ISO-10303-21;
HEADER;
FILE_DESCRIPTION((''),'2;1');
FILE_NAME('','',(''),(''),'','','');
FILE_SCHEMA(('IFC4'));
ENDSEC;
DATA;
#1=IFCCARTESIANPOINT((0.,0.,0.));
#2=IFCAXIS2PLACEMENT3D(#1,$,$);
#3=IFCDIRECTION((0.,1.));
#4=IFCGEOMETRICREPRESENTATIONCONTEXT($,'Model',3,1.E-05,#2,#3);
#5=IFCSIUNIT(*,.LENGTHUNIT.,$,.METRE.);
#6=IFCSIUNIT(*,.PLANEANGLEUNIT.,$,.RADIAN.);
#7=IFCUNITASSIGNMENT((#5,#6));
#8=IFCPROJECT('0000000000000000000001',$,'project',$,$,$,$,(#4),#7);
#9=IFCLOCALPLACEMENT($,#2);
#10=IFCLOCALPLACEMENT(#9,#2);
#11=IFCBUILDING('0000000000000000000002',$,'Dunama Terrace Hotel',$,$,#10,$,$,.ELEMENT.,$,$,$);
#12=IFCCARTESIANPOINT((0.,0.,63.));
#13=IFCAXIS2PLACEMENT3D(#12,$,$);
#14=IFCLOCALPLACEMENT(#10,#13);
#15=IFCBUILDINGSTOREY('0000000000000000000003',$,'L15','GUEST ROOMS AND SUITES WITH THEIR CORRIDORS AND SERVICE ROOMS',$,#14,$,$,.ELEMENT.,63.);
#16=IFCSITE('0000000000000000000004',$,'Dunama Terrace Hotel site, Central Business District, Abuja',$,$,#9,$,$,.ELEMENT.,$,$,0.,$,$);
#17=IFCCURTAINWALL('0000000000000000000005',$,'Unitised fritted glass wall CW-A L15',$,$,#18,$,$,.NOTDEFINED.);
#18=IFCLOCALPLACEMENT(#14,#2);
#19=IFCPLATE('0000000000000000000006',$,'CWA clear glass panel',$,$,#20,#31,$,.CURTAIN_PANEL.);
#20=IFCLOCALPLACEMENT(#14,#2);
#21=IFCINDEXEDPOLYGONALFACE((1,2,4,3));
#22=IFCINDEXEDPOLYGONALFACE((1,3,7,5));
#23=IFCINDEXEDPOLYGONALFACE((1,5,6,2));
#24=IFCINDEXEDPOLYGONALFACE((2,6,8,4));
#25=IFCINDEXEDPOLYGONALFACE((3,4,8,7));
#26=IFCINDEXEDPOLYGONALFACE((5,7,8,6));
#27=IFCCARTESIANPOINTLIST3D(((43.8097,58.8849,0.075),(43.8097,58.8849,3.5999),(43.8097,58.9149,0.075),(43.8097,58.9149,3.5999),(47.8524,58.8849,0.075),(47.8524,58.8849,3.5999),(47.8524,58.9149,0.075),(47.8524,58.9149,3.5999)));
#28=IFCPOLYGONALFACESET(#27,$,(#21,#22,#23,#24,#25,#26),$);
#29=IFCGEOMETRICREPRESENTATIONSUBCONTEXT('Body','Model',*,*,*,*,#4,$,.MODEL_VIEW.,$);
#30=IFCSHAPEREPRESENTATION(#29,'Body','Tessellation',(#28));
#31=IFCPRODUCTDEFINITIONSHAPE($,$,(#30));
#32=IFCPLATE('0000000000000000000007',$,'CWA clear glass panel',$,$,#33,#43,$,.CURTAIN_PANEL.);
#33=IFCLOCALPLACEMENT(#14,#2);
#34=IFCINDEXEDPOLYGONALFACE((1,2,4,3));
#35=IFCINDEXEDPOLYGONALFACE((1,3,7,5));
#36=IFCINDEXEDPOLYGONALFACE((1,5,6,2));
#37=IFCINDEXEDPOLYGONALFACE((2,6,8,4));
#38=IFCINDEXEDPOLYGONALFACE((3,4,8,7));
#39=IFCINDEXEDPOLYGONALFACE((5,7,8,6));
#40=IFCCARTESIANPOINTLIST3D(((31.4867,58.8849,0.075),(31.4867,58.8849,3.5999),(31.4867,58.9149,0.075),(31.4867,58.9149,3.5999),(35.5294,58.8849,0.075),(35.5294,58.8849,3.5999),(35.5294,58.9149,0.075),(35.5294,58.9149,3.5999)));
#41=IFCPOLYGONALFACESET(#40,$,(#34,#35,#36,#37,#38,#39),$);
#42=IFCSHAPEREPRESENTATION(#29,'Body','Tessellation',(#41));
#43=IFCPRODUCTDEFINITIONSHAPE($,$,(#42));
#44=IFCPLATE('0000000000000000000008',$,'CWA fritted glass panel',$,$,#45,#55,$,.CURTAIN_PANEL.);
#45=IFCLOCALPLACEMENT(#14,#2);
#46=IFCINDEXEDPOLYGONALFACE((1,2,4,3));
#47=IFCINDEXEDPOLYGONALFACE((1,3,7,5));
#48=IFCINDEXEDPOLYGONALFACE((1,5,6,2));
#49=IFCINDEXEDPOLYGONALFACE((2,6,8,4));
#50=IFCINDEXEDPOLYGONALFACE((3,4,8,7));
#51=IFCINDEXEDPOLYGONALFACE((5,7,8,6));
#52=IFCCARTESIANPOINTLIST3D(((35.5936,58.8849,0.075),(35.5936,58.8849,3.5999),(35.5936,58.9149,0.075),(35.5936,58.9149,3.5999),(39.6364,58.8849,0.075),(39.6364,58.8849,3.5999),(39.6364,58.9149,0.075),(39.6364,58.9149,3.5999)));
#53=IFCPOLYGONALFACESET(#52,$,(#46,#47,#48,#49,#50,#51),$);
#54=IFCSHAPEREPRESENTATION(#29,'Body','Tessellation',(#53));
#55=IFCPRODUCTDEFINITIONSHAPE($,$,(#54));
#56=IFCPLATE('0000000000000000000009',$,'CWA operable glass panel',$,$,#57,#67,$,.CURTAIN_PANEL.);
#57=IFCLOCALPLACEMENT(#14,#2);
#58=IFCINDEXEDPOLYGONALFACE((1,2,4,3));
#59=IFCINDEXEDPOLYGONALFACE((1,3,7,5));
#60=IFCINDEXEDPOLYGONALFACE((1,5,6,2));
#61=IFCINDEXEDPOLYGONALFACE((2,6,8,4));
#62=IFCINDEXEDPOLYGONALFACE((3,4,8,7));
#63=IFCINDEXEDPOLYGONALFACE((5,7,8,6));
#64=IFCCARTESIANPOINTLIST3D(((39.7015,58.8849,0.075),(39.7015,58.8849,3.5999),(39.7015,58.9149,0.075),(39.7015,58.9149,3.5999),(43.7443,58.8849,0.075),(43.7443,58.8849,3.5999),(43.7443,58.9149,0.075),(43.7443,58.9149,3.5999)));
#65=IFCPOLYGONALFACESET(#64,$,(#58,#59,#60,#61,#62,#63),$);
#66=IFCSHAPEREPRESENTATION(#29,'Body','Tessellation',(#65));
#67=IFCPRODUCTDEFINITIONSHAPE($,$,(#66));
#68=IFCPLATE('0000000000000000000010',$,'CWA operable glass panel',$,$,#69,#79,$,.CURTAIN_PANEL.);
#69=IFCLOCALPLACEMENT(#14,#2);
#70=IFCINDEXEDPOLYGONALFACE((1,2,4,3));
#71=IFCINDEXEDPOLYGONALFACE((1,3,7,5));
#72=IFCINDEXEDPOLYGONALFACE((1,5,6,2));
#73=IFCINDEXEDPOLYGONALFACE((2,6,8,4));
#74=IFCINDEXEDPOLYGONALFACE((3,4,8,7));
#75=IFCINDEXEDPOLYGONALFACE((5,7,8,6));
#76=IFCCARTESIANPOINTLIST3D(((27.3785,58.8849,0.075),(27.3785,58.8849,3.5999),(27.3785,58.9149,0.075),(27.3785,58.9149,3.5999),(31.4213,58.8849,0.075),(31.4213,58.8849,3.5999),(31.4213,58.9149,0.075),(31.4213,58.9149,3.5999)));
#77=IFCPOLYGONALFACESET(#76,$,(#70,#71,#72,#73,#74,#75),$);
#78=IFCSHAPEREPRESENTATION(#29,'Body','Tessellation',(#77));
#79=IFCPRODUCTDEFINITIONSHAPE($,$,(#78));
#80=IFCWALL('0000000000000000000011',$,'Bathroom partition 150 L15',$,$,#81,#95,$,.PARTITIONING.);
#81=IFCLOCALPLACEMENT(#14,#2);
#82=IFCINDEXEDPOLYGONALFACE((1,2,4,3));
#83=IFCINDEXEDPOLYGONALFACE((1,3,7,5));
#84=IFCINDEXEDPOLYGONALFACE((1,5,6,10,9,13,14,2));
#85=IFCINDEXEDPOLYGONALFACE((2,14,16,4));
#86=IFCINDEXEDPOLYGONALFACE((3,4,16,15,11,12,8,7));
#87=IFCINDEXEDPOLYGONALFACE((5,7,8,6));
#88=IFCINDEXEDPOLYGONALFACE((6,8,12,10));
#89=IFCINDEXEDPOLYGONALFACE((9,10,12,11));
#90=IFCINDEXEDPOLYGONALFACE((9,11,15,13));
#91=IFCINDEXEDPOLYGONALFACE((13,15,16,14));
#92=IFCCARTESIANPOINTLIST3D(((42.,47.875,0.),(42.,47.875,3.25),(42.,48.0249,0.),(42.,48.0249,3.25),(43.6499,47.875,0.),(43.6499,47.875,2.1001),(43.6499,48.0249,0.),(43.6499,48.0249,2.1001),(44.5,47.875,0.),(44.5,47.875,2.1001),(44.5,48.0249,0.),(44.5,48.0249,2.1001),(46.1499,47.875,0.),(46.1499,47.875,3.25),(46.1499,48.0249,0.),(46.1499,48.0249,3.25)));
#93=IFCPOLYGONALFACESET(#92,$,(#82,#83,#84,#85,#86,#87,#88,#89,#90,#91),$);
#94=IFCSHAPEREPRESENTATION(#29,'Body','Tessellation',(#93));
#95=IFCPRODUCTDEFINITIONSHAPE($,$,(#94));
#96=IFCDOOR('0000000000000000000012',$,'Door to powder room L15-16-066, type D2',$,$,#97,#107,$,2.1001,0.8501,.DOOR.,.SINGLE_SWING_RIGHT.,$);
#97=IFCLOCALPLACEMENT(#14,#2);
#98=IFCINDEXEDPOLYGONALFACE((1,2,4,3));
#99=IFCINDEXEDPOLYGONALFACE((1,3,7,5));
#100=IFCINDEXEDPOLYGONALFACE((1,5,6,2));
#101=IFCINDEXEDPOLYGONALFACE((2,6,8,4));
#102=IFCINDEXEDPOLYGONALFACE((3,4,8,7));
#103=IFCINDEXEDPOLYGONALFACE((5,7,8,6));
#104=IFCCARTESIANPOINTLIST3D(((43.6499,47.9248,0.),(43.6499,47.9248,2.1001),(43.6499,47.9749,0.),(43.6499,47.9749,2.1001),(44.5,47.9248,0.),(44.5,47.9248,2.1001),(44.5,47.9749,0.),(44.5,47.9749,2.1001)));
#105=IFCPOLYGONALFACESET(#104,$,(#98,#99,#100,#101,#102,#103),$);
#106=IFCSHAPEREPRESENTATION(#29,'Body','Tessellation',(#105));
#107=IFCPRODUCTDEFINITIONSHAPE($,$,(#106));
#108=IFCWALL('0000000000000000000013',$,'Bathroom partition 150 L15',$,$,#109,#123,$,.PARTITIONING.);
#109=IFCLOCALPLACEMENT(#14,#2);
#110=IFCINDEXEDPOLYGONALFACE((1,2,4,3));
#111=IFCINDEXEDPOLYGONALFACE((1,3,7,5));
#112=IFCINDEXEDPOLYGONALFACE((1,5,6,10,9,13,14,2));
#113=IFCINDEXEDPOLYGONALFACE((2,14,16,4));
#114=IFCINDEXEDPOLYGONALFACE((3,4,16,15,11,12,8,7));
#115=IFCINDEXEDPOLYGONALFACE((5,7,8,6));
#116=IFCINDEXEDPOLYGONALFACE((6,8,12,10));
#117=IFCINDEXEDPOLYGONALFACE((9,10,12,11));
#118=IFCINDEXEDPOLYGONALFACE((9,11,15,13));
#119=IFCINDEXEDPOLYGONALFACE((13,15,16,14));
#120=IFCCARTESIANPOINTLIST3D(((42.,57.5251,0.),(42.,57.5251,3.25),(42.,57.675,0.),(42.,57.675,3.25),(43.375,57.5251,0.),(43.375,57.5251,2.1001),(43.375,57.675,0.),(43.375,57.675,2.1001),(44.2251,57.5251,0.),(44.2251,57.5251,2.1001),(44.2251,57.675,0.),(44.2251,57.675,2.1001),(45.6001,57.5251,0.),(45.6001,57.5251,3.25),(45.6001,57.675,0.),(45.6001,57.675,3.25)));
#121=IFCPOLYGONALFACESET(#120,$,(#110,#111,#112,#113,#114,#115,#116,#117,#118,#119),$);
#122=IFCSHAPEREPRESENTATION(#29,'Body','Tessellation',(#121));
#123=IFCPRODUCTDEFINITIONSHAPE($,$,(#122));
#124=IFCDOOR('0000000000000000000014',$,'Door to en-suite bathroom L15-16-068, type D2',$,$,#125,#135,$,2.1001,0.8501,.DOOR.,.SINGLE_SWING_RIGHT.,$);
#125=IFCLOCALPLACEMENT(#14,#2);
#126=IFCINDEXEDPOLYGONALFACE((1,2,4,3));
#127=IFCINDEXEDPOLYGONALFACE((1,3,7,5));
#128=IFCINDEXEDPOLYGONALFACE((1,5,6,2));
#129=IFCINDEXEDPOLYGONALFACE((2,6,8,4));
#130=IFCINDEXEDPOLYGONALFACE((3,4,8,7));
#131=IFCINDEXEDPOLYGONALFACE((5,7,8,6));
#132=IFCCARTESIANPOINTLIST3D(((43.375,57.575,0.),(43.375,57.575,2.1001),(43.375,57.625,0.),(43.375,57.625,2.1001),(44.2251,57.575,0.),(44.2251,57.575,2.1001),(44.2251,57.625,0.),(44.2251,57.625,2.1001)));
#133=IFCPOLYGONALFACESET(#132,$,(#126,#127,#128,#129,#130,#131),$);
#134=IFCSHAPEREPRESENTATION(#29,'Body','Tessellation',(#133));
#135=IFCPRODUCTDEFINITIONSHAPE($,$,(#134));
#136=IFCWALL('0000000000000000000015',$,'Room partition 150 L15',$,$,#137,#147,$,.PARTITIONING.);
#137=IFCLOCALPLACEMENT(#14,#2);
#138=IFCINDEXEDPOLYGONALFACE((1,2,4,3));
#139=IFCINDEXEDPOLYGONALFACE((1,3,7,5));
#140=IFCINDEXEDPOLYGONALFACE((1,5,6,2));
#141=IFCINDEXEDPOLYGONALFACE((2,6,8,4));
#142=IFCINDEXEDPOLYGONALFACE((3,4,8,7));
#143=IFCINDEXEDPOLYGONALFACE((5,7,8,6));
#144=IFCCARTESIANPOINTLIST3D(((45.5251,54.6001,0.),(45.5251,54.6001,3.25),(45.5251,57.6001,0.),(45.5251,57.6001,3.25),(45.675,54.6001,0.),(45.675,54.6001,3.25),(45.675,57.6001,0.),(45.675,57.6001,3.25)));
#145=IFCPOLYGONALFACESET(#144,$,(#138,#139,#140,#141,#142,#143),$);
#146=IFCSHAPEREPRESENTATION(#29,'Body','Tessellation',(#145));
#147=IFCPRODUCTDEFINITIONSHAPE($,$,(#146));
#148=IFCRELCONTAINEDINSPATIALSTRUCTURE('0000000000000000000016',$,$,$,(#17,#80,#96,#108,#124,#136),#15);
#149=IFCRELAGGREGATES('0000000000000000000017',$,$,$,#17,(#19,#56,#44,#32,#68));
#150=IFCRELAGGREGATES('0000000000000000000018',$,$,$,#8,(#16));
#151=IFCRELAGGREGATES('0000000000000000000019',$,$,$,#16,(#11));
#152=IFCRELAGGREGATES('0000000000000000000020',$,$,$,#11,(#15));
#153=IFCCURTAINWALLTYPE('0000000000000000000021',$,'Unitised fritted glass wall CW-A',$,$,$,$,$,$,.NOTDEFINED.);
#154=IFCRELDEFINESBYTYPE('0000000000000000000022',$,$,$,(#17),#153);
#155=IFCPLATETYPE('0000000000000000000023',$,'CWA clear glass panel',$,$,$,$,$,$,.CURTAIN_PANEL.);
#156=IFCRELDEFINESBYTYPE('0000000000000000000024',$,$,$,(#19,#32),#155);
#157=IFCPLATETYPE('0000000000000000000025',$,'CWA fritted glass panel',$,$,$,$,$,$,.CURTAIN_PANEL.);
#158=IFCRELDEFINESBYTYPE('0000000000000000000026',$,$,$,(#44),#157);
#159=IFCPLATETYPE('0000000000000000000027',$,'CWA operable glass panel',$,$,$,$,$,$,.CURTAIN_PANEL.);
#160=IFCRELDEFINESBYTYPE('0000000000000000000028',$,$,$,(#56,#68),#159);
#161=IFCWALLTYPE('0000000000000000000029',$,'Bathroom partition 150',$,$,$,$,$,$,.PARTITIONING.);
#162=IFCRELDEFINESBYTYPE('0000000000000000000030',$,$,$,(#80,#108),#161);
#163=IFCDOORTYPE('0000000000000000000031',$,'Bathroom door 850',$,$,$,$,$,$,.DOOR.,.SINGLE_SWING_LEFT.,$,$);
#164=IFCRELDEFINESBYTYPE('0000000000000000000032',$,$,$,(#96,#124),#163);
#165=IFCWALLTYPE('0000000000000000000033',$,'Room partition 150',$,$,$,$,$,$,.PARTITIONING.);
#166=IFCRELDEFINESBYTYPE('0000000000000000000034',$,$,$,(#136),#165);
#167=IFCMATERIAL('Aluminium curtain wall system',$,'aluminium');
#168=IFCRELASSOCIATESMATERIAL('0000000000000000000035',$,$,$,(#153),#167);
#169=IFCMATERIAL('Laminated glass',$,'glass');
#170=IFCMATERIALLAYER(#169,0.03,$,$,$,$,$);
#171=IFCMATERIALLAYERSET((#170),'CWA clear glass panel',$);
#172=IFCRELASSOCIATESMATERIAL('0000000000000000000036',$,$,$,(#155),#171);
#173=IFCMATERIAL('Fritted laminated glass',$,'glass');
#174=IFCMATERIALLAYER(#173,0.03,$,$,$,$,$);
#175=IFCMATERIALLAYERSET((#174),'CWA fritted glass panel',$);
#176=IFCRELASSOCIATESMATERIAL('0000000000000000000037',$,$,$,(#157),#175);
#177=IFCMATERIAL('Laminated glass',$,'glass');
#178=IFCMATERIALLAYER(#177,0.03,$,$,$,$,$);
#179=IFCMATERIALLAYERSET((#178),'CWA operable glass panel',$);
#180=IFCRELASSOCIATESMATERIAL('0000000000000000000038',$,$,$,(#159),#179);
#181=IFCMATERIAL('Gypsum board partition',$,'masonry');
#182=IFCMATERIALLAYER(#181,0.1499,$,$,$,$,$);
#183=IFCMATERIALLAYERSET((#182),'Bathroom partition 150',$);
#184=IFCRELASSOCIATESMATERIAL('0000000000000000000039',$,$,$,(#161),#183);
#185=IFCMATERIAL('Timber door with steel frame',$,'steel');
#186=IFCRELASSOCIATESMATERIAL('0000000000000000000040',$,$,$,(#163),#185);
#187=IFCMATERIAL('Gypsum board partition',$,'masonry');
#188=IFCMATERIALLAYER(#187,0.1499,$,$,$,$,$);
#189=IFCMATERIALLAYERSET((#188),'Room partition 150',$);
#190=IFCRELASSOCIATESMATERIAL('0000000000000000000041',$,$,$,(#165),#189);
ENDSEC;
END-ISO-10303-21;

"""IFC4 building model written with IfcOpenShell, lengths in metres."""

from ifc_helpers import new_model, si_unit, direction, frame, frame_2d, origin, origin_2d, place, context, subcontext, project, spatial, rectangle, extrude, material, layer, layer_set, type_object, element, fill, aggregate, save


model = new_model("IFC4")

# Units and contexts
model_context = context("Model", 3, precision=1e-05, world=origin(), true_north=direction((0.0, 1.0)))
body_context = subcontext(model_context, "Body", "Model", "MODEL_VIEW")
ifc_project = project(units=[si_unit("LENGTHUNIT", "METRE"), si_unit("PLANEANGLEUNIT", "RADIAN")], contexts=[model_context])

# Site, building, storey
site_placement = place(None, origin())
site = spatial("IfcSite", under=ifc_project, at=site_placement, Name="Dunama Terrace Hotel site, Central Business District, Abuja", CompositionType="ELEMENT", RefElevation=0.0)
building_placement = place(site_placement, origin())
building = spatial("IfcBuilding", under=site, at=building_placement, Name="Dunama Terrace Hotel", CompositionType="ELEMENT")
storey_placement = place(building_placement, frame((0.0, 0.0, 63.0)))
storey = spatial("IfcBuildingStorey", under=building, at=storey_placement, Name="L15", Description="GUEST ROOMS AND SUITES WITH THEIR CORRIDORS AND SERVICE ROOMS", CompositionType="ELEMENT", Elevation=63.0)

# Curtain wall
ifc_material_1 = material(Name="Aluminium curtain wall system", Category="aluminium")
curtain_wall_type = type_object("IfcCurtainWallType", Name="Unitised fritted glass wall CW-A", PredefinedType="NOTDEFINED", material=ifc_material_1)
curtain_wall_placement = place(storey_placement, origin())
curtain_wall = element("IfcCurtainWall", 1, at=curtain_wall_placement, inside=storey, type_object=curtain_wall_type, Name="Unitised fritted glass wall CW-A L15", PredefinedType="NOTDEFINED")

# Plates
ifc_material_2 = material(Name="Laminated glass", Category="glass")
ifc_layer_1 = layer(ifc_material_2, 0.03)
ifc_layer_set_1 = layer_set([ifc_layer_1], Name="CWA clear glass panel")
plate_type_1 = type_object("IfcPlateType", Name="CWA clear glass panel", PredefinedType="CURTAIN_PANEL", material=ifc_layer_set_1)
plate_1_placement = place(storey_placement, frame((45.8311, 58.8999, 0.075), z_axis=(0.0, 0.0, 1.0), x_axis=(-1.0, 0.0, 0.0)))
plate_1 = element("IfcPlate", 2, at=plate_1_placement, type_object=plate_type_1, Name="CWA clear glass panel", PredefinedType="CURTAIN_PANEL", context=body_context, shape_type="SweptSolid", body=[
    extrude(rectangle(XDim=4.0427, YDim=0.03, at=origin_2d()), origin(), (0.0, 0.0, 1.0), 3.5249),
])
plate_2_placement = place(storey_placement, frame((33.5081, 58.8999, 0.075), z_axis=(0.0, 0.0, 1.0), x_axis=(-1.0, 0.0, 0.0)))
plate_2 = element("IfcPlate", 3, at=plate_2_placement, type_object=plate_type_1, Name="CWA clear glass panel", PredefinedType="CURTAIN_PANEL", context=body_context, shape_type="SweptSolid", body=[
    extrude(rectangle(XDim=4.0427, YDim=0.03, at=origin_2d()), origin(), (0.0, 0.0, 1.0), 3.5249),
])
ifc_material_3 = material(Name="Fritted laminated glass", Category="glass")
ifc_layer_2 = layer(ifc_material_3, 0.03)
ifc_layer_set_2 = layer_set([ifc_layer_2], Name="CWA fritted glass panel")
plate_type_2 = type_object("IfcPlateType", Name="CWA fritted glass panel", PredefinedType="CURTAIN_PANEL", material=ifc_layer_set_2)
plate_3_placement = place(storey_placement, frame((37.615, 58.8999, 0.075), z_axis=(0.0, 0.0, 1.0), x_axis=(-1.0, 0.0, 0.0)))
plate_3 = element("IfcPlate", 4, at=plate_3_placement, type_object=plate_type_2, Name="CWA fritted glass panel", PredefinedType="CURTAIN_PANEL", context=body_context, shape_type="SweptSolid", body=[
    extrude(rectangle(XDim=4.0427, YDim=0.03, at=origin_2d()), origin(), (0.0, 0.0, 1.0), 3.5249),
])
ifc_material_4 = material(Name="Laminated glass", Category="glass")
ifc_layer_3 = layer(ifc_material_4, 0.03)
ifc_layer_set_3 = layer_set([ifc_layer_3], Name="CWA operable glass panel")
plate_type_3 = type_object("IfcPlateType", Name="CWA operable glass panel", PredefinedType="CURTAIN_PANEL", material=ifc_layer_set_3)
plate_4_placement = place(storey_placement, frame((41.7229, 58.8999, 0.075), z_axis=(0.0, 0.0, 1.0), x_axis=(-1.0, 0.0, 0.0)))
plate_4 = element("IfcPlate", 5, at=plate_4_placement, type_object=plate_type_3, Name="CWA operable glass panel", PredefinedType="CURTAIN_PANEL", context=body_context, shape_type="SweptSolid", body=[
    extrude(rectangle(XDim=4.0427, YDim=0.03, at=origin_2d()), origin(), (0.0, 0.0, 1.0), 3.5249),
])
plate_5_placement = place(storey_placement, frame((29.3999, 58.8999, 0.075), z_axis=(0.0, 0.0, 1.0), x_axis=(-1.0, 0.0, 0.0)))
plate_5 = element("IfcPlate", 6, at=plate_5_placement, type_object=plate_type_3, Name="CWA operable glass panel", PredefinedType="CURTAIN_PANEL", context=body_context, shape_type="SweptSolid", body=[
    extrude(rectangle(XDim=4.0427, YDim=0.03, at=origin_2d()), origin(), (0.0, 0.0, 1.0), 3.5249),
])
aggregate(curtain_wall, [plate_1, plate_4, plate_3, plate_2, plate_5])

# Walls, openings, doors
ifc_material_5 = material(Name="Gypsum board partition", Category="masonry")
ifc_layer_4 = layer(ifc_material_5, 0.1499)
ifc_layer_set_4 = layer_set([ifc_layer_4], Name="Bathroom partition 150")
wall_type_1 = type_object("IfcWallType", Name="Bathroom partition 150", PredefinedType="PARTITIONING", material=ifc_layer_set_4)
wall_1_placement = place(storey_placement, frame((42.0, 47.95, 0.0), z_axis=(0.0, 0.0, 1.0), x_axis=(1.0, 0.0, 0.0)))
wall_1 = element("IfcWall", 7, at=wall_1_placement, inside=storey, type_object=wall_type_1, Name="Bathroom partition 150 L15", PredefinedType="PARTITIONING", context=body_context, shape_type="SweptSolid", body=[
    extrude(rectangle(XDim=4.1499, YDim=0.1499, at=frame_2d((2.075, 0.0))), origin(), (0.0, 0.0, 1.0), 3.25),
])
opening_1_placement = place(wall_1_placement, frame((1.6499, 0.0, 0.0)))
opening_1 = element("IfcOpeningElement", 8, at=opening_1_placement, cuts=wall_1, PredefinedType="OPENING", context=body_context, shape_type="SweptSolid", body=[
    extrude(rectangle(XDim=0.8501, YDim=2.1001, at=frame_2d((0.425, 1.05))), frame((0.0, 0.085, 0.0), z_axis=(0.0, -1.0, 0.0), x_axis=(1.0, 0.0, 0.0)), (0.0, 0.0, 1.0), 0.1699),
])
ifc_material_6 = material(Name="Timber door with steel frame", Category="steel")
door_type_1 = type_object("IfcDoorType", Name="Bathroom door 850", OperationType="SINGLE_SWING_LEFT", PredefinedType="DOOR", material=ifc_material_6)
door_1_placement = place(opening_1_placement, frame((0.8501, 0.0, 0.0), z_axis=(0.0, 0.0, 1.0), x_axis=(-1.0, 0.0, 0.0)))
door_1 = element("IfcDoor", 9, at=door_1_placement, inside=storey, type_object=door_type_1, Name="Door to powder room L15-16-066, type D2", OperationType="SINGLE_SWING_RIGHT", OverallHeight=2.1001, OverallWidth=0.8501, PredefinedType="DOOR", context=body_context, shape_type="SweptSolid", body=[
    extrude(rectangle(XDim=0.8501, YDim=2.1001, at=frame_2d((0.425, 1.05))), frame((0.0, 0.0251, 0.0), z_axis=(0.0, -1.0, 0.0), x_axis=(1.0, 0.0, 0.0)), (0.0, 0.0, 1.0), 0.05),
])
fill(opening_1, door_1)
wall_2_placement = place(storey_placement, frame((42.0, 57.6001, 0.0), z_axis=(0.0, 0.0, 1.0), x_axis=(1.0, 0.0, 0.0)))
wall_2 = element("IfcWall", 10, at=wall_2_placement, inside=storey, type_object=wall_type_1, Name="Bathroom partition 150 L15", PredefinedType="PARTITIONING", context=body_context, shape_type="SweptSolid", body=[
    extrude(rectangle(XDim=3.6001, YDim=0.1499, at=frame_2d((1.8, 0.0))), origin(), (0.0, 0.0, 1.0), 3.25),
])
opening_2_placement = place(wall_2_placement, frame((1.375, 0.0, 0.0)))
opening_2 = element("IfcOpeningElement", 11, at=opening_2_placement, cuts=wall_2, PredefinedType="OPENING", context=body_context, shape_type="SweptSolid", body=[
    extrude(rectangle(XDim=0.8501, YDim=2.1001, at=frame_2d((0.425, 1.05))), frame((0.0, 0.085, 0.0), z_axis=(0.0, -1.0, 0.0), x_axis=(1.0, 0.0, 0.0)), (0.0, 0.0, 1.0), 0.1699),
])
door_2_placement = place(opening_2_placement, frame((0.8501, 0.0, 0.0), z_axis=(0.0, 0.0, 1.0), x_axis=(-1.0, 0.0, 0.0)))
door_2 = element("IfcDoor", 12, at=door_2_placement, inside=storey, type_object=door_type_1, Name="Door to en-suite bathroom L15-16-068, type D2", OperationType="SINGLE_SWING_RIGHT", OverallHeight=2.1001, OverallWidth=0.8501, PredefinedType="DOOR", context=body_context, shape_type="SweptSolid", body=[
    extrude(rectangle(XDim=0.8501, YDim=2.1001, at=frame_2d((0.425, 1.05))), frame((0.0, 0.0251, 0.0), z_axis=(0.0, -1.0, 0.0), x_axis=(1.0, 0.0, 0.0)), (0.0, 0.0, 1.0), 0.05),
])
fill(opening_2, door_2)

# Wall
ifc_material_7 = material(Name="Gypsum board partition", Category="masonry")
ifc_layer_5 = layer(ifc_material_7, 0.1499)
ifc_layer_set_5 = layer_set([ifc_layer_5], Name="Room partition 150")
wall_type_2 = type_object("IfcWallType", Name="Room partition 150", PredefinedType="PARTITIONING", material=ifc_layer_set_5)
wall_3_placement = place(storey_placement, frame((45.6001, 54.6001, 0.0), z_axis=(0.0, 0.0, 1.0), x_axis=(0.0, 1.0, 0.0)))
element("IfcWall", 13, at=wall_3_placement, inside=storey, type_object=wall_type_2, Name="Room partition 150 L15", PredefinedType="PARTITIONING", context=body_context, shape_type="SweptSolid", body=[
    extrude(rectangle(XDim=3.0, YDim=0.1499, at=frame_2d((1.5, 0.0))), origin(), (0.0, 0.0, 1.0), 3.25),
])

save(model, "model.ifc")
